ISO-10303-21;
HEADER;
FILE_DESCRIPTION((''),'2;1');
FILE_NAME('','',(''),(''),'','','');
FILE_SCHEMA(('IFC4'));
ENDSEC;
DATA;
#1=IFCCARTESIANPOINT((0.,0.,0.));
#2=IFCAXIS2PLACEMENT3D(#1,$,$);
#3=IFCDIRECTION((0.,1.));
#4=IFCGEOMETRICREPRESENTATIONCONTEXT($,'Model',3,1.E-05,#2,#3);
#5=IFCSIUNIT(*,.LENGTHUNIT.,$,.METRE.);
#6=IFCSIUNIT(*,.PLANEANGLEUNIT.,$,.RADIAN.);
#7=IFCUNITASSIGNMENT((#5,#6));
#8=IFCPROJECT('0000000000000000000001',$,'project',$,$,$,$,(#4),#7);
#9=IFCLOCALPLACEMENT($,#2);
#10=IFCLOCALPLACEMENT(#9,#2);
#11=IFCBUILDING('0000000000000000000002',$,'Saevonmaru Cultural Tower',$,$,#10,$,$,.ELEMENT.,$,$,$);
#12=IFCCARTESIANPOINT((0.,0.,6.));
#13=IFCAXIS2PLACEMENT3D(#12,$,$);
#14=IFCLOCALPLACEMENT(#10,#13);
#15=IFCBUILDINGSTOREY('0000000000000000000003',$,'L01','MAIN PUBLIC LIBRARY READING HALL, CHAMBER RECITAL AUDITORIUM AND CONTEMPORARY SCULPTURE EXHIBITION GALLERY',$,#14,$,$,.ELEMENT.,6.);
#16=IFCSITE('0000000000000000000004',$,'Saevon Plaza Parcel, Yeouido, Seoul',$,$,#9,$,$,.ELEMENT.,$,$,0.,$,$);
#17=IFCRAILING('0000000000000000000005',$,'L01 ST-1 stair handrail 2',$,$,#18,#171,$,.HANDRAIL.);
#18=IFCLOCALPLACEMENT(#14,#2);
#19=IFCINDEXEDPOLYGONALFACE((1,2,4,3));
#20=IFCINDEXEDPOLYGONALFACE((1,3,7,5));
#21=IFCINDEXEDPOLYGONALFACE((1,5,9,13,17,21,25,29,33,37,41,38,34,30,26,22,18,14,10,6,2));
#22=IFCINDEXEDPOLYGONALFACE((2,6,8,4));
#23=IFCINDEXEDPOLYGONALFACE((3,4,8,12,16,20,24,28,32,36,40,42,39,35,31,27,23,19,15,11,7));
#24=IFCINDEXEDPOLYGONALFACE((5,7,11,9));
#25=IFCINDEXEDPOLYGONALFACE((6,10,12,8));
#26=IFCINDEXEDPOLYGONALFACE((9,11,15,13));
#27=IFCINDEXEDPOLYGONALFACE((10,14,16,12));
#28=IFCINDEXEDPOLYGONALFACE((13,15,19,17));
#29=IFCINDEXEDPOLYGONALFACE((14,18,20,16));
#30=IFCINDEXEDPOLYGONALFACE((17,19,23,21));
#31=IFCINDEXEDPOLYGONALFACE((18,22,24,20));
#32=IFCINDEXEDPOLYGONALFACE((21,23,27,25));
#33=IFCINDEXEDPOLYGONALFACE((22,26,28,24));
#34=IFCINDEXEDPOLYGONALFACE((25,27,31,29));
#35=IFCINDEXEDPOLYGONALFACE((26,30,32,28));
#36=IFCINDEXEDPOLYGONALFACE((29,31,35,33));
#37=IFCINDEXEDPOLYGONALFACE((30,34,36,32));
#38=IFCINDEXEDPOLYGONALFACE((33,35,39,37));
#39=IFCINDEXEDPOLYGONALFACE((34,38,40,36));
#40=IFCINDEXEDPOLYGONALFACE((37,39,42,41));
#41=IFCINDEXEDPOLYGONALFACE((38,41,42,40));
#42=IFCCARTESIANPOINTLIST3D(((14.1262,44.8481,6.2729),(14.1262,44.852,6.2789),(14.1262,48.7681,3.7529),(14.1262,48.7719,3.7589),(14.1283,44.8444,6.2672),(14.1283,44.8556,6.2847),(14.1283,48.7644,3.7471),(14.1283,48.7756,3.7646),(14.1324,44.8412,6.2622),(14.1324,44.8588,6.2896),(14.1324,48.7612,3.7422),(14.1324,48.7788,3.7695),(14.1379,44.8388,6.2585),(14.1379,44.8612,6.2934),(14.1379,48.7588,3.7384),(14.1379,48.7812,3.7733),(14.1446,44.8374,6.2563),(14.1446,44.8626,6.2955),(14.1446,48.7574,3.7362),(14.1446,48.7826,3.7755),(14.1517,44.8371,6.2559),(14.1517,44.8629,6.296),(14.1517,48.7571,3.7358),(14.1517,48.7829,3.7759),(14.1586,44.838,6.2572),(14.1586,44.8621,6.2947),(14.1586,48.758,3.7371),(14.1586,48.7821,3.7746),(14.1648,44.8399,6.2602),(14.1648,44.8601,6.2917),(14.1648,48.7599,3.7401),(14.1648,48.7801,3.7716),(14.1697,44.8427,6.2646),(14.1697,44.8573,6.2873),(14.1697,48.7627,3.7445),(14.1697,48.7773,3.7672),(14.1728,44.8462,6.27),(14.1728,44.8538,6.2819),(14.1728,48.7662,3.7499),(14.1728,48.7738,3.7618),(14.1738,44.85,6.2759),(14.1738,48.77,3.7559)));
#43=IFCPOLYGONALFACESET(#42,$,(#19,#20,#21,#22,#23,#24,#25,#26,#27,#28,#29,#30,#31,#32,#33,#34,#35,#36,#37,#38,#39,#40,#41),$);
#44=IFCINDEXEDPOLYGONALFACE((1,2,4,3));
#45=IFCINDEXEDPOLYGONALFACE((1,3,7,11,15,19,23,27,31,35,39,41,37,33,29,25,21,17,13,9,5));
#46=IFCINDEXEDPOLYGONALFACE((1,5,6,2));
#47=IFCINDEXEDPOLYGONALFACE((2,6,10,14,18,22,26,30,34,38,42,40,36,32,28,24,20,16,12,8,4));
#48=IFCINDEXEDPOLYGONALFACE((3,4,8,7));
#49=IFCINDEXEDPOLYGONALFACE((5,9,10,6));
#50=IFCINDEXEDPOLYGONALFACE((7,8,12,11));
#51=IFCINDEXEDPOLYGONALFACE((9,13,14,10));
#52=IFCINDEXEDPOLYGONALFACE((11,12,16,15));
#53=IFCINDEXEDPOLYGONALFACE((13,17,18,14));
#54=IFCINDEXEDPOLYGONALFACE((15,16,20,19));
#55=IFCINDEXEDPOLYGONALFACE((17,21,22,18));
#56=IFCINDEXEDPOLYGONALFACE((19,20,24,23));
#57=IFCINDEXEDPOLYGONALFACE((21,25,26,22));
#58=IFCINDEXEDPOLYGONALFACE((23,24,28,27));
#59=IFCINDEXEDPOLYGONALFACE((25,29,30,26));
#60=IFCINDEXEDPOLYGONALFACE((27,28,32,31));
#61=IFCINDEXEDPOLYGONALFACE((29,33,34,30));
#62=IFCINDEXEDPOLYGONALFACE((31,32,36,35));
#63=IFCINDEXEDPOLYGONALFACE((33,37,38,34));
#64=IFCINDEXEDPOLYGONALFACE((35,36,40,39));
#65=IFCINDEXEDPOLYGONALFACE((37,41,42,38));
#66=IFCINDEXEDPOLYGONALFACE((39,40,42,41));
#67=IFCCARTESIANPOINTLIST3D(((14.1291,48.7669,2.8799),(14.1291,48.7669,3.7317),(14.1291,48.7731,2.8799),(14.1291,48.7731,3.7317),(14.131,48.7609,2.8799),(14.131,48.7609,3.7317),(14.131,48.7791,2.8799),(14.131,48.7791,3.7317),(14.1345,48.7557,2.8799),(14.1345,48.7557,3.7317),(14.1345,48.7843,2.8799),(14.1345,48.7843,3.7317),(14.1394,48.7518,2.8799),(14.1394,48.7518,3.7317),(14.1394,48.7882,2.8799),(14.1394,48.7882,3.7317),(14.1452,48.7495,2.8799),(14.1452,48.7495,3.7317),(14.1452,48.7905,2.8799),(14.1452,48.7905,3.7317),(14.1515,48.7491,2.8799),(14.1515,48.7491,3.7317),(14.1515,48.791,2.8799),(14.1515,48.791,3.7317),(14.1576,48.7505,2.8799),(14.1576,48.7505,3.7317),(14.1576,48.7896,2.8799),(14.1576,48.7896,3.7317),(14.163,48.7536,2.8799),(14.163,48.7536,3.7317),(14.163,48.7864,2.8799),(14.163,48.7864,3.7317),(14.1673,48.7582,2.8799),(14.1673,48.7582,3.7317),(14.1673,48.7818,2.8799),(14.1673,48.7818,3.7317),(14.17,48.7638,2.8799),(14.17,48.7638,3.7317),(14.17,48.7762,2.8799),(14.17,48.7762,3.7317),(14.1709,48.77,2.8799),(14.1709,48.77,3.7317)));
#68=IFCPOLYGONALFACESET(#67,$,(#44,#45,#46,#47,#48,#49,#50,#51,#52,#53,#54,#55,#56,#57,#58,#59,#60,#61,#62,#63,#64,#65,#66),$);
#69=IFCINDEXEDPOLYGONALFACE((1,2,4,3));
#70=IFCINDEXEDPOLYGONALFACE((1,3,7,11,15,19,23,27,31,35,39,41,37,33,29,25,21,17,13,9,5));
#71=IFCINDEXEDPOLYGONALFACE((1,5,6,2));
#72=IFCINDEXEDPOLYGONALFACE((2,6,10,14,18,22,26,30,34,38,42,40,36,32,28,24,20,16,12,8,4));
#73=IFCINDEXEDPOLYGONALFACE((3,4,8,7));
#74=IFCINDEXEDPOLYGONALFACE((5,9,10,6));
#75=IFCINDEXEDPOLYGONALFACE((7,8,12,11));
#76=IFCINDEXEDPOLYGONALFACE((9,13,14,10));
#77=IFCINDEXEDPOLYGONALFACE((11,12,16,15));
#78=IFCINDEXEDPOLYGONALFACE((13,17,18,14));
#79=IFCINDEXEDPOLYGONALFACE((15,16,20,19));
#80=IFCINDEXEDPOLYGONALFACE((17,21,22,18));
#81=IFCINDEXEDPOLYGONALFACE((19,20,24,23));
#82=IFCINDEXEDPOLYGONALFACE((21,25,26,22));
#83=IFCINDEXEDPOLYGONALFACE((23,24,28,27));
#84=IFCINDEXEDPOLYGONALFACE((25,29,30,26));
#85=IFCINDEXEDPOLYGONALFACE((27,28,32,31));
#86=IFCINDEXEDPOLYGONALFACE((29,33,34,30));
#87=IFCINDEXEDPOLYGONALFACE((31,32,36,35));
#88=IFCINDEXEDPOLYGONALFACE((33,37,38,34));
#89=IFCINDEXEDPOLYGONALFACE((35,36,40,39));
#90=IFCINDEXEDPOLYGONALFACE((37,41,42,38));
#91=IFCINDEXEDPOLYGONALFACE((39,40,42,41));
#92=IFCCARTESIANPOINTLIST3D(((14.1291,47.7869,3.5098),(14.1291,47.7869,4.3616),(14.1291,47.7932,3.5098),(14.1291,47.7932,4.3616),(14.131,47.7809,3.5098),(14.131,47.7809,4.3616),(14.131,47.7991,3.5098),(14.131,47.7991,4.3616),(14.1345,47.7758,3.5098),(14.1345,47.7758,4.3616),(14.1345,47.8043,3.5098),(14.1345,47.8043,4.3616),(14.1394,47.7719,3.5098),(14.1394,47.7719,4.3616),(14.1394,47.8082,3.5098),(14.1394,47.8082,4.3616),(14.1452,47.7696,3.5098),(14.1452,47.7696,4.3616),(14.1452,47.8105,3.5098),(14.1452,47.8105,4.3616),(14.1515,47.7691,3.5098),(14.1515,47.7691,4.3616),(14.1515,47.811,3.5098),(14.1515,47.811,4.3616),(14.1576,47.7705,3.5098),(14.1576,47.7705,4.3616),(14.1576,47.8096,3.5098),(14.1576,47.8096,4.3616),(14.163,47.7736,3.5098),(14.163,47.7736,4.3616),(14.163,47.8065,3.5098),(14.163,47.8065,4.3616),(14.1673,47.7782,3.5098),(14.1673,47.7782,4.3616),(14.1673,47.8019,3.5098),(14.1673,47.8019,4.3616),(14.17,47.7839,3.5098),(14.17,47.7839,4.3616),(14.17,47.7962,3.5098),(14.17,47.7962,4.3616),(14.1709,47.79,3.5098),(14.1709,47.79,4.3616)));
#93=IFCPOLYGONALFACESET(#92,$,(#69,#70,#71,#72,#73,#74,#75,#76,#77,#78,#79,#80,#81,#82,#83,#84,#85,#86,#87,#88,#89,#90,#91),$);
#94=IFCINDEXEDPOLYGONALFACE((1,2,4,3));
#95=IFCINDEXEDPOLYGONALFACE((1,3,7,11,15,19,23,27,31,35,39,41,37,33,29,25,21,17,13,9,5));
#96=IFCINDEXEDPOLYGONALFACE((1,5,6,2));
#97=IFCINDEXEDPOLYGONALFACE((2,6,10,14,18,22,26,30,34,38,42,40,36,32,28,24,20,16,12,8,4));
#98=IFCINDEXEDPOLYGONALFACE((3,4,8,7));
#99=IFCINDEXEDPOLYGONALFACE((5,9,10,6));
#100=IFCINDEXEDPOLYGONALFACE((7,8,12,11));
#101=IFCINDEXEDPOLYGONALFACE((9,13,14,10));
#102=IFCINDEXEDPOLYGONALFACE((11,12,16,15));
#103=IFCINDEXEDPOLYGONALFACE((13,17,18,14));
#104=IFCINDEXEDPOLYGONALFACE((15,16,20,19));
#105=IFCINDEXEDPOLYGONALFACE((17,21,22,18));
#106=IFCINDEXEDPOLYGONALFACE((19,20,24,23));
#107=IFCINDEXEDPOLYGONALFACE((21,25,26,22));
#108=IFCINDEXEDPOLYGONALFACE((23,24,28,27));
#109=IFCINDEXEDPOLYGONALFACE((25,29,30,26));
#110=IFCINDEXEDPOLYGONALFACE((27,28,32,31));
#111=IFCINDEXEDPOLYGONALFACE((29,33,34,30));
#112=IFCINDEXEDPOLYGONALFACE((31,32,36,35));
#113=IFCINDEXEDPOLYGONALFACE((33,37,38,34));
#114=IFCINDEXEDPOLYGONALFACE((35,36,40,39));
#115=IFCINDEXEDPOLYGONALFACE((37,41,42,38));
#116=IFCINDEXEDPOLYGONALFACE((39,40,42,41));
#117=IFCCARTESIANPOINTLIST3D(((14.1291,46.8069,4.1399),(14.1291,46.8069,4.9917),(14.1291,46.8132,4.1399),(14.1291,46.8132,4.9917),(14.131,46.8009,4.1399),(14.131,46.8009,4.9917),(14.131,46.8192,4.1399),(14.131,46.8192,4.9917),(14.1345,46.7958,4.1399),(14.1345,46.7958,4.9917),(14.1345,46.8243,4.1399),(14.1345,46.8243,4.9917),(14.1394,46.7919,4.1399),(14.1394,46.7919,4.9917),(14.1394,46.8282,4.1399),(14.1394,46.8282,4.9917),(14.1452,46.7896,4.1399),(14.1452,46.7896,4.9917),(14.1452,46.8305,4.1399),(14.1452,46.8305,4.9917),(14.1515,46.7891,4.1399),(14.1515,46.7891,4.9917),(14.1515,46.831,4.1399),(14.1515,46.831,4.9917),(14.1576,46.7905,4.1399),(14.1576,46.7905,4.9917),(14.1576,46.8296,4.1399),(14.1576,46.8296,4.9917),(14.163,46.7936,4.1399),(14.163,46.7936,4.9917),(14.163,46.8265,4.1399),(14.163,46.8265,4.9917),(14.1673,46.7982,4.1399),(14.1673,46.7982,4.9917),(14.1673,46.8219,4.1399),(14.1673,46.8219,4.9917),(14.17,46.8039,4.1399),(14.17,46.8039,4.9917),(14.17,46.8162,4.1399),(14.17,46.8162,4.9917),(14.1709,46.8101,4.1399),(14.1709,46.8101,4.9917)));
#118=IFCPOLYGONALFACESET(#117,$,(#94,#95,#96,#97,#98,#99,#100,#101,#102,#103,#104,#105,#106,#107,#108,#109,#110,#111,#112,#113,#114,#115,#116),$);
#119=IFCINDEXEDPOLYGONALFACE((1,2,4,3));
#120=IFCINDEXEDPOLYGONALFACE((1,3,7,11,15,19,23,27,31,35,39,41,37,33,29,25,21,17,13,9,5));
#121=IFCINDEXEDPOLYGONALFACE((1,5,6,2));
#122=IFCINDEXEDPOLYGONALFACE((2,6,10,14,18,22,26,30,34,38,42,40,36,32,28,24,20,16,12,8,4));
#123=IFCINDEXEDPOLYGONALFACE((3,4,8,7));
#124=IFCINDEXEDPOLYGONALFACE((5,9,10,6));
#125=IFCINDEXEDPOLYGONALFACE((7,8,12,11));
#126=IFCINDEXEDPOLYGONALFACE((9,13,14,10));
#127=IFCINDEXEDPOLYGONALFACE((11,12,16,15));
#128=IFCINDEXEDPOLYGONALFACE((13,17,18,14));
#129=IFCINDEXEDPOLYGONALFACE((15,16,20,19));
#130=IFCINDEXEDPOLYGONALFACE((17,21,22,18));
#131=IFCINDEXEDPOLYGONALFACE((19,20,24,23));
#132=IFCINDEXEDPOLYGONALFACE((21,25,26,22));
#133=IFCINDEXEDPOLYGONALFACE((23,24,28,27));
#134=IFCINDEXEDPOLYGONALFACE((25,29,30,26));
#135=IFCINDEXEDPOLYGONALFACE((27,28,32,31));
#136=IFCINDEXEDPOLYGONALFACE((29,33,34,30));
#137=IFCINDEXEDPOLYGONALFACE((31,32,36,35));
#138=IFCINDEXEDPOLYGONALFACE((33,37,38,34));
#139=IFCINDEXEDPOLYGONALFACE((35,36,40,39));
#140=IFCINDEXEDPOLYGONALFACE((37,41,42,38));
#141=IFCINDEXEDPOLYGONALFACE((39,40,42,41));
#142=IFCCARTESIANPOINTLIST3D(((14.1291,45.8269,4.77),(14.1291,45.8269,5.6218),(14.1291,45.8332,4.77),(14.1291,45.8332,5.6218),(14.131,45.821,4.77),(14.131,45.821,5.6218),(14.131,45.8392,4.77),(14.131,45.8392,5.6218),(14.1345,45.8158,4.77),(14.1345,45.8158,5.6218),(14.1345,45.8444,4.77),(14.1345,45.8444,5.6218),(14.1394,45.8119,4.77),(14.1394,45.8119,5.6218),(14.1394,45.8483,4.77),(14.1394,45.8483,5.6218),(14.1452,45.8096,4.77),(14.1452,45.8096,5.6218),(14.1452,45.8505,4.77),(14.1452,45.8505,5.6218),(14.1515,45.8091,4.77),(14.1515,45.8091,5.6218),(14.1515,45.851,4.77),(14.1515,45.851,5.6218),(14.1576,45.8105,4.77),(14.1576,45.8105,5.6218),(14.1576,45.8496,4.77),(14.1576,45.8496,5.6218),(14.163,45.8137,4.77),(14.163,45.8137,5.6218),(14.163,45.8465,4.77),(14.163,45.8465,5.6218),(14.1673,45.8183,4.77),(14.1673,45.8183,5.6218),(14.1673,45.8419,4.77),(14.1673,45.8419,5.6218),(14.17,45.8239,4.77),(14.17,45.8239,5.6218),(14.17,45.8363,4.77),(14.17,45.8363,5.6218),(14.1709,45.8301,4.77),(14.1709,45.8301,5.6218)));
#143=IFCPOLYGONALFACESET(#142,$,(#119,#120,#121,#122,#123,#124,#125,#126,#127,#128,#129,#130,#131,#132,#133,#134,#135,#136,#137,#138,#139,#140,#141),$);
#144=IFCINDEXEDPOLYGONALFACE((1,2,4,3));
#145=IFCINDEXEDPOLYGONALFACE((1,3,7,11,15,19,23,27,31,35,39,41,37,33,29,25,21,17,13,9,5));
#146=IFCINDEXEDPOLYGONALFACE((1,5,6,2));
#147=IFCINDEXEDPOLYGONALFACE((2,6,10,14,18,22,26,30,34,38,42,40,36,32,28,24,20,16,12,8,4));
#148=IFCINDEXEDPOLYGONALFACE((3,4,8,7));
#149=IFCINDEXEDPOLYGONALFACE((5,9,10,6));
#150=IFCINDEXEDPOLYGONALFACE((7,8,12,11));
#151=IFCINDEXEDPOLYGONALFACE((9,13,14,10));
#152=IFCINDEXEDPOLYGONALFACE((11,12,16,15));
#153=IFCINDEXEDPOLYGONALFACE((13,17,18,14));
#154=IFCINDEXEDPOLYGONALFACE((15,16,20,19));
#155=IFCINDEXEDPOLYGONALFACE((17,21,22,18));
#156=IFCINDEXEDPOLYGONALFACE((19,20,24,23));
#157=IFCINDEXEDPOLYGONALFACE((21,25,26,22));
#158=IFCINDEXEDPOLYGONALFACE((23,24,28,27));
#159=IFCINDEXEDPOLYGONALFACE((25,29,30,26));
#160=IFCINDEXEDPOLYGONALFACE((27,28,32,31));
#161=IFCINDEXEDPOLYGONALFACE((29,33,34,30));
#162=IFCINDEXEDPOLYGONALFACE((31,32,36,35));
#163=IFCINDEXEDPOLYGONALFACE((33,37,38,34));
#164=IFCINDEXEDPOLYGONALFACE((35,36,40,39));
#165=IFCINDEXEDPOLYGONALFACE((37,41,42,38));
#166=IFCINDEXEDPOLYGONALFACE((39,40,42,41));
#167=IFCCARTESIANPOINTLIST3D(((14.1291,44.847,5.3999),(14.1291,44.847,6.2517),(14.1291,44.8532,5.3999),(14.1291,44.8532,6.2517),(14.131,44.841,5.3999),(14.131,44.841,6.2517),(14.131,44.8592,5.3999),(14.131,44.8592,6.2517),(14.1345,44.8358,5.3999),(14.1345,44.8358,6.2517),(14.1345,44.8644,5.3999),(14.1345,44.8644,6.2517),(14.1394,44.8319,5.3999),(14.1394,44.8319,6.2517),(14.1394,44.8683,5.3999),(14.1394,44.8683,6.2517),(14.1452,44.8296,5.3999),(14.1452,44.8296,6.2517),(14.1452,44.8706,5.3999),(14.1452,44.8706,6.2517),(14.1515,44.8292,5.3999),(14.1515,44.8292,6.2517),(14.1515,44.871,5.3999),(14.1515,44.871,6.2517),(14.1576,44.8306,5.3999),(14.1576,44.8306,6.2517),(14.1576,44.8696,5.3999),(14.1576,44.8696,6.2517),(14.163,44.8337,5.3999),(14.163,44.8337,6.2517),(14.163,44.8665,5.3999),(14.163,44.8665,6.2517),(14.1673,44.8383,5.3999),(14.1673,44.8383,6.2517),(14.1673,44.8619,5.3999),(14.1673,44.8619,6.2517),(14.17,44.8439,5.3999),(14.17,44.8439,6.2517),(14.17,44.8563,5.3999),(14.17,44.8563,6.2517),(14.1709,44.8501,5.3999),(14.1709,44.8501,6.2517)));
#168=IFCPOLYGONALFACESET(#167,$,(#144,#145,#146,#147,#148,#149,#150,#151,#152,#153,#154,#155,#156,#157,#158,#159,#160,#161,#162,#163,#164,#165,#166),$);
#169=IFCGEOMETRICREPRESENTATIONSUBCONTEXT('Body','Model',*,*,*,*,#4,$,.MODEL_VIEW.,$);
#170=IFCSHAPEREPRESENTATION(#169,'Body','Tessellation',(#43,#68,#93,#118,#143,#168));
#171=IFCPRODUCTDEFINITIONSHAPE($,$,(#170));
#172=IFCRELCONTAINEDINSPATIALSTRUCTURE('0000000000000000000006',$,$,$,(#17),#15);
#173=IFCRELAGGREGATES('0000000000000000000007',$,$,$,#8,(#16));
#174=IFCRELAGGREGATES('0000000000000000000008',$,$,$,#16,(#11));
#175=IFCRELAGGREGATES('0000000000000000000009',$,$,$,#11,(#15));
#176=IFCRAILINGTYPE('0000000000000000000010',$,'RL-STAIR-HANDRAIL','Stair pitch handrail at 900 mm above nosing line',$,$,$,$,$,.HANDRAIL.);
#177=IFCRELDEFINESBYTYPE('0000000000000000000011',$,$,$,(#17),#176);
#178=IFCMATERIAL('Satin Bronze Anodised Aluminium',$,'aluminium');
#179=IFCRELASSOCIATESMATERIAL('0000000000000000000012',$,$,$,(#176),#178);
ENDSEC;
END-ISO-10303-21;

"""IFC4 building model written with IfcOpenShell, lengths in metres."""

from ifc_helpers import new_model, si_unit, direction, frame, origin, origin_2d, place, context, subcontext, project, spatial, circle, extrude, material, type_object, element, save


model = new_model("IFC4")

# Units and contexts
model_context = context("Model", 3, precision=1e-05, world=origin(), true_north=direction((0.0, 1.0)))
body_context = subcontext(model_context, "Body", "Model", "MODEL_VIEW")
ifc_project = project(units=[si_unit("LENGTHUNIT", "METRE"), si_unit("PLANEANGLEUNIT", "RADIAN")], contexts=[model_context])

# Site, building, storey
site_placement = place(None, origin())
site = spatial("IfcSite", under=ifc_project, at=site_placement, Name="Saevon Plaza Parcel, Yeouido, Seoul", CompositionType="ELEMENT", RefElevation=0.0)
building_placement = place(site_placement, origin())
building = spatial("IfcBuilding", under=site, at=building_placement, Name="Saevonmaru Cultural Tower", CompositionType="ELEMENT")
storey_placement = place(building_placement, frame((0.0, 0.0, 6.0)))
storey = spatial("IfcBuildingStorey", under=building, at=storey_placement, Name="L01", Description="MAIN PUBLIC LIBRARY READING HALL, CHAMBER RECITAL AUDITORIUM AND CONTEMPORARY SCULPTURE EXHIBITION GALLERY", CompositionType="ELEMENT", Elevation=6.0)

# Shared definitions
ifc_material_1 = material(Name="Satin Bronze Anodised Aluminium", Category="aluminium")

# Railing
railing_type_1 = type_object("IfcRailingType", Name="RL-STAIR-HANDRAIL", Description="Stair pitch handrail at 900 mm above nosing line", PredefinedType="HANDRAIL", material=ifc_material_1)
railing_1_placement = place(storey_placement, frame((14.1499, 48.77, 2.8799)))
element("IfcRailing", 1, at=railing_1_placement, inside=storey, type_object=railing_type_1, Name="L01 ST-1 stair handrail 2", PredefinedType="HANDRAIL", context=body_context, shape_type="SweptSolid", body=[
    extrude(circle(Radius=0.0239, at=origin_2d()), frame((0.0, 0.0, 0.876), z_axis=(0.0, -0.841172, 0.540768), x_axis=(1.0, 0.0, 0.0)), (0.0, 0.0, 1.0), 4.6602),
    extrude(circle(Radius=0.021, at=origin_2d()), origin(), (0.0, 0.0, 1.0), 0.8518),
    extrude(circle(Radius=0.021, at=origin_2d()), frame((0.0, -0.98, 0.6299)), (0.0, 0.0, 1.0), 0.8518),
    extrude(circle(Radius=0.021, at=origin_2d()), frame((0.0, -1.96, 1.26)), (0.0, 0.0, 1.0), 0.8518),
    extrude(circle(Radius=0.021, at=origin_2d()), frame((0.0, -2.9399, 1.8901)), (0.0, 0.0, 1.0), 0.8518),
    extrude(circle(Radius=0.021, at=origin_2d()), frame((0.0, -3.9199, 2.52)), (0.0, 0.0, 1.0), 0.8518),
])

save(model, "model.ifc")
